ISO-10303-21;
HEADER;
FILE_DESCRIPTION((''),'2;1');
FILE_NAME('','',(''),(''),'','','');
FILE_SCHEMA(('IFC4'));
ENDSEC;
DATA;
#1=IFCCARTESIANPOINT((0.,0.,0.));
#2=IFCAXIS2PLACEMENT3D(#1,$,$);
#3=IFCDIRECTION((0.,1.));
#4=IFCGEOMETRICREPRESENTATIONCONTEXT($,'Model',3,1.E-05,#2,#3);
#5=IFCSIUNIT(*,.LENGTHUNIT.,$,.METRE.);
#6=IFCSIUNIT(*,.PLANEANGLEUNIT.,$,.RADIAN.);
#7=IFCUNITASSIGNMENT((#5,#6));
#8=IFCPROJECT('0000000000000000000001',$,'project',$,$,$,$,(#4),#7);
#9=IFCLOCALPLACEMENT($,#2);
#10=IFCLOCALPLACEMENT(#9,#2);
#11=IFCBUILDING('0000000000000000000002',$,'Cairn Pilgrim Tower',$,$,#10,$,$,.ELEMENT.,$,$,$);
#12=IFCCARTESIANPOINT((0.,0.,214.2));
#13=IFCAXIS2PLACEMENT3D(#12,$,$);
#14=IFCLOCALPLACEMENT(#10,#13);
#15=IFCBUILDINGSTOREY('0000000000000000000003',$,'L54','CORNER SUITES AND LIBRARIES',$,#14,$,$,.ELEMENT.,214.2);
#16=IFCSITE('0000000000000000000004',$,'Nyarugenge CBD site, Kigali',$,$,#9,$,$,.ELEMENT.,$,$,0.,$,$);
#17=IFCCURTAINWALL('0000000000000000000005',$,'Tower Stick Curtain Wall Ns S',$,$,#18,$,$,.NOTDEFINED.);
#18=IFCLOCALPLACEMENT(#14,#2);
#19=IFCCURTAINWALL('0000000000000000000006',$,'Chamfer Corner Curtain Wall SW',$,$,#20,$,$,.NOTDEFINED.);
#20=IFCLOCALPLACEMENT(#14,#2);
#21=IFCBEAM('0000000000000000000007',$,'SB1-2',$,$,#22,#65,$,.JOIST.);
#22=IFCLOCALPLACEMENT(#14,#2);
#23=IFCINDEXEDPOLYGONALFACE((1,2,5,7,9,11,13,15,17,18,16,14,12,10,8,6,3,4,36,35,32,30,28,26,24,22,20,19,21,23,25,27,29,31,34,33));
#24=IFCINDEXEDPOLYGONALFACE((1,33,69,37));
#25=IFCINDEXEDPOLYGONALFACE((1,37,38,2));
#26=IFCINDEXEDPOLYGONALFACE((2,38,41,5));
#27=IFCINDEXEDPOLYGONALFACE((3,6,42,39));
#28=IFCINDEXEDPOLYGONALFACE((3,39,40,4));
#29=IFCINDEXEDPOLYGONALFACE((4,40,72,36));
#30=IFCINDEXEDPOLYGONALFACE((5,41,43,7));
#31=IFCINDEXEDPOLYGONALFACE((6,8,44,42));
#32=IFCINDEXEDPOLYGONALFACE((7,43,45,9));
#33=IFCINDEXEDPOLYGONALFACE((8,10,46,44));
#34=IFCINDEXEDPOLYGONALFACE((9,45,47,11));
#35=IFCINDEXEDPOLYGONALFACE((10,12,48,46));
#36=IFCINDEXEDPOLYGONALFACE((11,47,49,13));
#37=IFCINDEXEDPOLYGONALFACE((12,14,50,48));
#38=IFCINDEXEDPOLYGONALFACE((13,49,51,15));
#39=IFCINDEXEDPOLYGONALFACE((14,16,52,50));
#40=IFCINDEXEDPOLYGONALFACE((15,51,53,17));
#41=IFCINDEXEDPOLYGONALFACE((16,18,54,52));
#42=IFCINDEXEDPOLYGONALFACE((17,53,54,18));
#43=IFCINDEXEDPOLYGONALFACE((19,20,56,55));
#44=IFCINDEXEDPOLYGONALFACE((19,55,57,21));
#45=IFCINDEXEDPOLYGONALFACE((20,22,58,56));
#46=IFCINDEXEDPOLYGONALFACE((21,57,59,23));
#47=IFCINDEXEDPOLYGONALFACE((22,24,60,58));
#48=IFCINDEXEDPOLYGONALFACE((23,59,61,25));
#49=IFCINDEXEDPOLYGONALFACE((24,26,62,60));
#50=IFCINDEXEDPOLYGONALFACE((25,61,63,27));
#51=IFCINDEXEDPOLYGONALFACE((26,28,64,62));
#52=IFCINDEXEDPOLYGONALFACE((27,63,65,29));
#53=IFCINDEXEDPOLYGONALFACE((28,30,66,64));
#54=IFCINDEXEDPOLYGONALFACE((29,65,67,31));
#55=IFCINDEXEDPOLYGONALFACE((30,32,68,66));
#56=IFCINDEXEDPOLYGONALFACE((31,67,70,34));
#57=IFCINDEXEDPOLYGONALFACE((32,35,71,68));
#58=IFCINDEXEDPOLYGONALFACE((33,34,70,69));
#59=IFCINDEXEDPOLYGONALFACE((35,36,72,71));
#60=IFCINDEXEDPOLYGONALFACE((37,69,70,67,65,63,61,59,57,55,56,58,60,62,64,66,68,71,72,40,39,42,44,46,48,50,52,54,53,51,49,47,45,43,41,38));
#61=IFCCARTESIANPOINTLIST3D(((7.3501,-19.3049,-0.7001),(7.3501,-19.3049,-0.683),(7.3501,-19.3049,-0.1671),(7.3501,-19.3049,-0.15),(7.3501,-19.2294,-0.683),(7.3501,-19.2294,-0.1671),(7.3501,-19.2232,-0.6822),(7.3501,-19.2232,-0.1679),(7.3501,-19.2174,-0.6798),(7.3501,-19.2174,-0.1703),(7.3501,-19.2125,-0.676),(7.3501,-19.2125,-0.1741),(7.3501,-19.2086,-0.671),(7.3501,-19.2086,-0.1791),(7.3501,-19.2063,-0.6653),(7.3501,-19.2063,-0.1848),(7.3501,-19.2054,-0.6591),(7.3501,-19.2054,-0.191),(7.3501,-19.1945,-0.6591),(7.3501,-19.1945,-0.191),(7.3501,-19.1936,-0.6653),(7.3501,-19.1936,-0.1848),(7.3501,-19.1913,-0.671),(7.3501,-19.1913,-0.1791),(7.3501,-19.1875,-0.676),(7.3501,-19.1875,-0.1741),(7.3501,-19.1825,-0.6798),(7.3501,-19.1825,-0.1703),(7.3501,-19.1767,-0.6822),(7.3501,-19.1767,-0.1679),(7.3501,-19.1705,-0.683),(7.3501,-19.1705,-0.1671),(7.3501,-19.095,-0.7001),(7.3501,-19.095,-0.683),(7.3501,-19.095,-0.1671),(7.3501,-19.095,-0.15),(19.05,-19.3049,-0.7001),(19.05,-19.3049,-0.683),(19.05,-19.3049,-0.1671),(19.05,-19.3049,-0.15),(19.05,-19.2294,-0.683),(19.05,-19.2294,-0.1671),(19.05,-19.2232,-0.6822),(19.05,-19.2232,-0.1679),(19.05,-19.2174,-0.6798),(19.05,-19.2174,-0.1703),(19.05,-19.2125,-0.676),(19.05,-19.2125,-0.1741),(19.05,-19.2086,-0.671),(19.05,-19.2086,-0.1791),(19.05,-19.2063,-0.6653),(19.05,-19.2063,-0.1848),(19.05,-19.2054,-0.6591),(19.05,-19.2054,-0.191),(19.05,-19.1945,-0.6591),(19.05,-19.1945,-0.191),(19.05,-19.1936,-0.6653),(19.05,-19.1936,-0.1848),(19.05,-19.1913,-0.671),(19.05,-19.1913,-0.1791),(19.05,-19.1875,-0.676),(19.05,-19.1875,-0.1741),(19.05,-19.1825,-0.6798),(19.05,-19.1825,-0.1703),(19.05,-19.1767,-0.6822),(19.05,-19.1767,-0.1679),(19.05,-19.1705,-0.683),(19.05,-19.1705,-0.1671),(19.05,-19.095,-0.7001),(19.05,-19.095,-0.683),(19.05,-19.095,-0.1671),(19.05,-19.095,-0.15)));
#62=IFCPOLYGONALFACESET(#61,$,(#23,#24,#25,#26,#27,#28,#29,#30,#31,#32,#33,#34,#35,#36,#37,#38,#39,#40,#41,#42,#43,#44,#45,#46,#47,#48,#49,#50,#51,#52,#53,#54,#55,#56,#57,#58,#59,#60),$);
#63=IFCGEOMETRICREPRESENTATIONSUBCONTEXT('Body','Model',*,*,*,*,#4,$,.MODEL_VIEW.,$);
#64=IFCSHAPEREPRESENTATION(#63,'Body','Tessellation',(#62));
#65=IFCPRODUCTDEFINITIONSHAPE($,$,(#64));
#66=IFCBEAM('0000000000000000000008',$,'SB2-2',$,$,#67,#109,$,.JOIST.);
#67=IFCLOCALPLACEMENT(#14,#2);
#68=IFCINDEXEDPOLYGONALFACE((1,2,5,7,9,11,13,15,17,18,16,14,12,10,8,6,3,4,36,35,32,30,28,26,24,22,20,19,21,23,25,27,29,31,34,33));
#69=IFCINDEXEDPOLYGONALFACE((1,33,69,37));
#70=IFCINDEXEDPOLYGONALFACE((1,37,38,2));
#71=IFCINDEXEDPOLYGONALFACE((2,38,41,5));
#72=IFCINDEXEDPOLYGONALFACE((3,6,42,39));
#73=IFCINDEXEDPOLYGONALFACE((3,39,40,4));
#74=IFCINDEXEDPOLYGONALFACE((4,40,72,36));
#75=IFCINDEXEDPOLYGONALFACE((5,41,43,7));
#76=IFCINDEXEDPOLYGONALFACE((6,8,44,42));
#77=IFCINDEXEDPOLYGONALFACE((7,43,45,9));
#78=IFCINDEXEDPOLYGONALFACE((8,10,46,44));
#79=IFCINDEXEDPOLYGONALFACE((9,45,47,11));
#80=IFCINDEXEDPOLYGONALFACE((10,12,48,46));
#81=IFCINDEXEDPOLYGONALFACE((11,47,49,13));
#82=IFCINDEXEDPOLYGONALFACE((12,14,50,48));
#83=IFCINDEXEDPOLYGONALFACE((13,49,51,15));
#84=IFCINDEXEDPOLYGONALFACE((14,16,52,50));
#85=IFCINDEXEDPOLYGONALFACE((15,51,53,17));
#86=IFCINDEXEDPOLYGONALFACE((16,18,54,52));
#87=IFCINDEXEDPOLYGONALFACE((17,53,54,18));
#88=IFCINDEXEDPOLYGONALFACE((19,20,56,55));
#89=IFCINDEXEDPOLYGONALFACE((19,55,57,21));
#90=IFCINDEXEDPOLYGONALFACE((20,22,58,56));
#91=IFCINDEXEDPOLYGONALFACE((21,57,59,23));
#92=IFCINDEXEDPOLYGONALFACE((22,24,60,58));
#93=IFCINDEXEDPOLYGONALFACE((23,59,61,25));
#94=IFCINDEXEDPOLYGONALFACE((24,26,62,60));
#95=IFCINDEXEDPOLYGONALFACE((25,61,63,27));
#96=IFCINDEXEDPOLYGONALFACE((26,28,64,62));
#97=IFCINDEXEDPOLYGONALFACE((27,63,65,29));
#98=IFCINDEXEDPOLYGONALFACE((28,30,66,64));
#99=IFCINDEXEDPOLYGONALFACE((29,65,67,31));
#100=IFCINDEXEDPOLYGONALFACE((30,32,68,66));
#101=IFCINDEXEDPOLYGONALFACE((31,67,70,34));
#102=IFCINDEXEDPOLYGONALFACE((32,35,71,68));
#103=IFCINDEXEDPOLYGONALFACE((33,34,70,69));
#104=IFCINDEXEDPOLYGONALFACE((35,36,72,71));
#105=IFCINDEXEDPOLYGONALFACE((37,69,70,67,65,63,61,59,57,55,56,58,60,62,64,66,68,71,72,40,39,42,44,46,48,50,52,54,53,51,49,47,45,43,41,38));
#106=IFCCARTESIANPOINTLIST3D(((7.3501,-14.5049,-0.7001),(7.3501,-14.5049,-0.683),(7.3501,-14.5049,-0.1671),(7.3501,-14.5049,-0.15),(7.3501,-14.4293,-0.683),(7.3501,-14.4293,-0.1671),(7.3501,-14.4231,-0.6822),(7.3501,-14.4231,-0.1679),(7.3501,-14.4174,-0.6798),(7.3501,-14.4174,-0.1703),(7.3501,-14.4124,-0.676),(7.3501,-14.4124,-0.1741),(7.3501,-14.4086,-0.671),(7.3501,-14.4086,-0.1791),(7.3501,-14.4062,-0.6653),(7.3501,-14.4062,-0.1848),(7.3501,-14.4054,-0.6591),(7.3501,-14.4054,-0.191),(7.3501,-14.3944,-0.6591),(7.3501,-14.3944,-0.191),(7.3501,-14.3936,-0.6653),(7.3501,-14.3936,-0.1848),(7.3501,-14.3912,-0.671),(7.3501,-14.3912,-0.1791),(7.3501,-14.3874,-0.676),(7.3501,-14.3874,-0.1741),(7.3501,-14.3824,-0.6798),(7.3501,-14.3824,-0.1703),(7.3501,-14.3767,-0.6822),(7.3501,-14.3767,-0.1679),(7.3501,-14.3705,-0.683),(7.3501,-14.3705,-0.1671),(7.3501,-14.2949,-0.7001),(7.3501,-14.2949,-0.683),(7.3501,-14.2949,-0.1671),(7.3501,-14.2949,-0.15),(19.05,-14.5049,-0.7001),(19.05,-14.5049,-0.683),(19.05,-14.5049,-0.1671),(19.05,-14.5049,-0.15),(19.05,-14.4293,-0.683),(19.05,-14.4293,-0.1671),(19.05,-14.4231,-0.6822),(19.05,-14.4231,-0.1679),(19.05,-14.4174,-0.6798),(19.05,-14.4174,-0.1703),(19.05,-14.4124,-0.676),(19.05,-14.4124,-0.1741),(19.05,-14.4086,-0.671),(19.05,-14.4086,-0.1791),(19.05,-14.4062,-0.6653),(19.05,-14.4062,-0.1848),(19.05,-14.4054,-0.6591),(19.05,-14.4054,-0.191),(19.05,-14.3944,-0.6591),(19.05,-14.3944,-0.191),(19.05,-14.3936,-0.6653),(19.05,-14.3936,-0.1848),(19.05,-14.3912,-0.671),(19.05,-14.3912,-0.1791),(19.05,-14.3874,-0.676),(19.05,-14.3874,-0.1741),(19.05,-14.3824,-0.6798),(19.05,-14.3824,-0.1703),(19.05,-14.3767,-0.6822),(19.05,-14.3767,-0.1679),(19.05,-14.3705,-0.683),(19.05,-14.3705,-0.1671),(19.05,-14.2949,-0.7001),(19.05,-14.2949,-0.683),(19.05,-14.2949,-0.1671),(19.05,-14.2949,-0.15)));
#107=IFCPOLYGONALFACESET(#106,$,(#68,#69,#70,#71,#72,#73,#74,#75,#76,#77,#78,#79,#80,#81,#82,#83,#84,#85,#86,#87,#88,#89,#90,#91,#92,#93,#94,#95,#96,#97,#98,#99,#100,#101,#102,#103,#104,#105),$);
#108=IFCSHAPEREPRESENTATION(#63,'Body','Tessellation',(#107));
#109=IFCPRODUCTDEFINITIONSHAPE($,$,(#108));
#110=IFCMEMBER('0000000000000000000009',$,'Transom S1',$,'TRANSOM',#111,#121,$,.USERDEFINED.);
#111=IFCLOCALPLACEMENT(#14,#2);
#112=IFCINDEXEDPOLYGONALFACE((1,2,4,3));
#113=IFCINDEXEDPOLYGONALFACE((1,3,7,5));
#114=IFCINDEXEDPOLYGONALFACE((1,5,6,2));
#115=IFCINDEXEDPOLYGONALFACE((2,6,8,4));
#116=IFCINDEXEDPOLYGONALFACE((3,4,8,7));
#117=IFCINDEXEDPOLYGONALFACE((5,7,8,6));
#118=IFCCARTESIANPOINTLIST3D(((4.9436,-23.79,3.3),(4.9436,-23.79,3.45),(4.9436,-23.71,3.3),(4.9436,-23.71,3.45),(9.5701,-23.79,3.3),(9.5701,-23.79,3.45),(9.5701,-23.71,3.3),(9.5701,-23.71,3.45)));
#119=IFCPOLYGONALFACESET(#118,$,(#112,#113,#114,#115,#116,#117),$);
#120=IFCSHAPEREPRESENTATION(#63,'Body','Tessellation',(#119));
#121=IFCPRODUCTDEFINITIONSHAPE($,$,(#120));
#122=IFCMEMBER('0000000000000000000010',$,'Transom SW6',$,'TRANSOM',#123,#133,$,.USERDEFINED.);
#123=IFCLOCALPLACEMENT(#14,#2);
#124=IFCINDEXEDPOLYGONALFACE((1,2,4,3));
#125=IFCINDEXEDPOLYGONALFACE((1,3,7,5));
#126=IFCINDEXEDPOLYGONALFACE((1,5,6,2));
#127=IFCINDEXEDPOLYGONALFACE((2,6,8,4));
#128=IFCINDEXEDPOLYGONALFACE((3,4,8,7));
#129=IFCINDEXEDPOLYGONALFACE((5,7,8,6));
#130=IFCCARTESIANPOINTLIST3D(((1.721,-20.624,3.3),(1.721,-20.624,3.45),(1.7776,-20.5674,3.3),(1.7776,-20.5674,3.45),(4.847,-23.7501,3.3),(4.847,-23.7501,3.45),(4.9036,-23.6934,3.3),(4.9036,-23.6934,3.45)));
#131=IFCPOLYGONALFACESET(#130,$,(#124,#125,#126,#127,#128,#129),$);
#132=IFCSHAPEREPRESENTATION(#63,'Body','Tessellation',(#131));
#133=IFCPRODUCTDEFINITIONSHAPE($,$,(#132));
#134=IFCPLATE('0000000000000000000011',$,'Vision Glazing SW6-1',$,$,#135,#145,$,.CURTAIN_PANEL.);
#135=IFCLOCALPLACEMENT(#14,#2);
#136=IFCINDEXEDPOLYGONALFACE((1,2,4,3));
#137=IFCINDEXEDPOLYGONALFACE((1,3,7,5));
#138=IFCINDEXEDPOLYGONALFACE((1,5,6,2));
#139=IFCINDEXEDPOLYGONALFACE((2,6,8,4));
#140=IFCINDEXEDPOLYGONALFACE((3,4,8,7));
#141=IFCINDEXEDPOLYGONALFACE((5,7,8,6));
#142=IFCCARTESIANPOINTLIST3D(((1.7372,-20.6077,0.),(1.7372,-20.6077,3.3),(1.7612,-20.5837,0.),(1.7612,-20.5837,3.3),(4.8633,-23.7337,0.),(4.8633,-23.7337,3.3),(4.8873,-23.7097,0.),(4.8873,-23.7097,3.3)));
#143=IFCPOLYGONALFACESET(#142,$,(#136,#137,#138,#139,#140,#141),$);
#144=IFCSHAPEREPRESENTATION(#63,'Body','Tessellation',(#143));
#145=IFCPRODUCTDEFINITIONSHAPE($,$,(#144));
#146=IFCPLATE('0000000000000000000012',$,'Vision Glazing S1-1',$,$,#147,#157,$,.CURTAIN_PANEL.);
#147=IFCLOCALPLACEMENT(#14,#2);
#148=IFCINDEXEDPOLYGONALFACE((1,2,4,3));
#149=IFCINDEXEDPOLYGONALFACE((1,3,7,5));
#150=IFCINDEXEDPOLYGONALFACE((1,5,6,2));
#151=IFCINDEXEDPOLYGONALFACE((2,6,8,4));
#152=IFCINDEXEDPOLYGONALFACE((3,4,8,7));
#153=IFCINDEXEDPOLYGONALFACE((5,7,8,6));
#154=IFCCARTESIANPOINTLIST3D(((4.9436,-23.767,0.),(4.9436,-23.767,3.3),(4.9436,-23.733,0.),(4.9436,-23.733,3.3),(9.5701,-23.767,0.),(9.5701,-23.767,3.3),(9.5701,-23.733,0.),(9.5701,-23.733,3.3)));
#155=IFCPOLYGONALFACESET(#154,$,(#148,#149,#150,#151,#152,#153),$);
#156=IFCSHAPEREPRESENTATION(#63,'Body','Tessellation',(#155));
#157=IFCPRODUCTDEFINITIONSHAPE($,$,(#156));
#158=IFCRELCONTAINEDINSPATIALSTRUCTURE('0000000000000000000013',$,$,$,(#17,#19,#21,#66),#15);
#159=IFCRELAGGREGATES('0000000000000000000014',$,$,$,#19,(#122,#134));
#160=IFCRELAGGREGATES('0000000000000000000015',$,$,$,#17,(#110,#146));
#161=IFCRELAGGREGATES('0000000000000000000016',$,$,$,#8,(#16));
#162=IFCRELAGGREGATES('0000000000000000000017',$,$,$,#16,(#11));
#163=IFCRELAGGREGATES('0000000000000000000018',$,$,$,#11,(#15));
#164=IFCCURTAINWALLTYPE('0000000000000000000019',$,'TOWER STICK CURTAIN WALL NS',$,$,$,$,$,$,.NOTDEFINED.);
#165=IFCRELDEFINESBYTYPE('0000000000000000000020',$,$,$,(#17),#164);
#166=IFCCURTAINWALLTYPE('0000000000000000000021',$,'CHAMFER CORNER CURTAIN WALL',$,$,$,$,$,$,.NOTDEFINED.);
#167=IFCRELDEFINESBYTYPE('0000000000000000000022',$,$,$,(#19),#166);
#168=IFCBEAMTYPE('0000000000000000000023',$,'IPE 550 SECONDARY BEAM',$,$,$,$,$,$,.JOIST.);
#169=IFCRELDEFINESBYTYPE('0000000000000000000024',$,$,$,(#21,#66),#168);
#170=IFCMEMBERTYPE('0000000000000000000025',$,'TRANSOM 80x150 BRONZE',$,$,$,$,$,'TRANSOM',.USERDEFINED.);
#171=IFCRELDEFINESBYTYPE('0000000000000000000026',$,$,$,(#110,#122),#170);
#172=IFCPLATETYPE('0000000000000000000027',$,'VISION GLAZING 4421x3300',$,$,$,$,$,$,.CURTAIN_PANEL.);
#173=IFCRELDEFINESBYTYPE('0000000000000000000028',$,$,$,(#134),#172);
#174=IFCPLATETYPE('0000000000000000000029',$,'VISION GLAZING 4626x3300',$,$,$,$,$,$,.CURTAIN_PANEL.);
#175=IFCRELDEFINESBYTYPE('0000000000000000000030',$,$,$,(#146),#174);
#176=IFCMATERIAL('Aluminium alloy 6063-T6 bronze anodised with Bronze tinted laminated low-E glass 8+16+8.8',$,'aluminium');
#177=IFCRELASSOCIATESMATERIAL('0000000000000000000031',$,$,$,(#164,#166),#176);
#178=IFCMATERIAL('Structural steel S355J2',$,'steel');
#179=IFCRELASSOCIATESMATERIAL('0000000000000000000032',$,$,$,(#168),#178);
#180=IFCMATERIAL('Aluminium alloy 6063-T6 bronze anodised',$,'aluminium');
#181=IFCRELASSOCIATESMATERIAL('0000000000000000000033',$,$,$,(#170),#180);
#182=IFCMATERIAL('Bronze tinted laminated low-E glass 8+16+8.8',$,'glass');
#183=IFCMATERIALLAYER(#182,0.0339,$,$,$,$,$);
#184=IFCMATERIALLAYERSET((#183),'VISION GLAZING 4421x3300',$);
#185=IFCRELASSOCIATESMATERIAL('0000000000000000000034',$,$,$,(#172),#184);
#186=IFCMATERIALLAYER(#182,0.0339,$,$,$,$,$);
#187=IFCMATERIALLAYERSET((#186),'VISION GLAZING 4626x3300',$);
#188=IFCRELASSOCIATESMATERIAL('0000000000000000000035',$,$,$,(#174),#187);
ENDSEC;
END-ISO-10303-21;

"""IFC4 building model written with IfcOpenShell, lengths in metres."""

from ifc_helpers import new_model, si_unit, direction, frame, origin, origin_2d, place, context, subcontext, project, spatial, rectangle, i_section, extrude, material, layer, layer_set, material_profile, profile_set, type_object, element, aggregate, save


model = new_model("IFC4")

# Units and contexts
model_context = context("Model", 3, precision=1e-05, world=origin(), true_north=direction((0.0, 1.0)))
body_context = subcontext(model_context, "Body", "Model", "MODEL_VIEW")
ifc_project = project(units=[si_unit("LENGTHUNIT", "METRE"), si_unit("PLANEANGLEUNIT", "RADIAN")], contexts=[model_context])

# Site, building, storey
site_placement = place(None, origin())
site = spatial("IfcSite", under=ifc_project, at=site_placement, Name="Nyarugenge CBD site, Kigali", CompositionType="ELEMENT", RefElevation=0.0)
building_placement = place(site_placement, origin())
building = spatial("IfcBuilding", under=site, at=building_placement, Name="Cairn Pilgrim Tower", CompositionType="ELEMENT")
storey_placement = place(building_placement, frame((0.0, 0.0, 214.2)))
storey = spatial("IfcBuildingStorey", under=building, at=storey_placement, Name="L54", Description="CORNER SUITES AND LIBRARIES", CompositionType="ELEMENT", Elevation=214.2)

# Curtain wall
ifc_material_1 = material(Name="Aluminium alloy 6063-T6 bronze anodised with Bronze tinted laminated low-E glass 8+16+8.8", Category="aluminium")
curtain_wall_type_1 = type_object("IfcCurtainWallType", Name="TOWER STICK CURTAIN WALL NS", PredefinedType="NOTDEFINED", material=ifc_material_1)
curtain_wall_1_placement = place(storey_placement, origin())
curtain_wall_1 = element("IfcCurtainWall", 1, at=curtain_wall_1_placement, inside=storey, type_object=curtain_wall_type_1, Name="Tower Stick Curtain Wall Ns S", PredefinedType="NOTDEFINED")
ifc_material_2 = material(Name="Aluminium alloy 6063-T6 bronze anodised", Category="aluminium")

# Curtain wall
curtain_wall_type_2 = type_object("IfcCurtainWallType", Name="CHAMFER CORNER CURTAIN WALL", PredefinedType="NOTDEFINED", material=ifc_material_1)
curtain_wall_2_placement = place(storey_placement, origin())
curtain_wall_2 = element("IfcCurtainWall", 2, at=curtain_wall_2_placement, inside=storey, type_object=curtain_wall_type_2, Name="Chamfer Corner Curtain Wall SW", PredefinedType="NOTDEFINED")

# Beams
ifc_material_3 = material(Name="Structural steel S355J2", Category="steel")
ifc_material_profile_1 = material_profile(ifc_material_3, i_section(OverallWidth=0.21, OverallDepth=0.55, WebThickness=0.011, FlangeThickness=0.0171, FilletRadius=0.0239, at=origin_2d()), Name="IPE 550")
ifc_profile_set_1 = profile_set([ifc_material_profile_1], Name="Structural steel S355J2")
beam_type_1 = type_object("IfcBeamType", Name="IPE 550 SECONDARY BEAM", PredefinedType="JOIST", material=ifc_profile_set_1)
for number, where, z_axis, x_axis, name in (
    (3, (7.3501, -19.2, -0.425), (1.0, 0.0, 0.0), (0.0, 1.0, 0.0), "SB1-2"),
    (4, (7.3501, -14.3999, -0.425), (1.0, 0.0, 0.0), (0.0, 1.0, 0.0), "SB2-2"),
):
    element("IfcBeam", number, at=place(storey_placement, frame(where, z_axis=z_axis, x_axis=x_axis)), inside=storey, type_object=beam_type_1, Name=name, PredefinedType="JOIST", context=body_context, shape_type="SweptSolid", body=[
        extrude(i_section(OverallWidth=0.21, OverallDepth=0.55, WebThickness=0.011, FlangeThickness=0.0171, FilletRadius=0.0239, at=origin_2d()), origin(), (0.0, 0.0, 1.0), 11.7),
    ])

# Members
ifc_material_profile_2 = material_profile(ifc_material_2, rectangle(XDim=0.0801, YDim=0.1499, at=origin_2d()), Name="TRANSOM 80x150 BRONZE")
ifc_profile_set_2 = profile_set([ifc_material_profile_2], Name="Aluminium alloy 6063-T6 bronze anodised")
member_type_1 = type_object("IfcMemberType", Name="TRANSOM 80x150 BRONZE", ElementType="TRANSOM", PredefinedType="USERDEFINED", material=ifc_profile_set_2)
member_1_placement = place(storey_placement, frame((4.9436, -23.75, 3.375), z_axis=(1.0, 0.0, 0.0), x_axis=(0.0, 1.0, 0.0)))
member_1 = element("IfcMember", 5, at=member_1_placement, type_object=member_type_1, Name="Transom S1", ObjectType="TRANSOM", PredefinedType="USERDEFINED", context=body_context, shape_type="SweptSolid", body=[
    extrude(rectangle(XDim=0.0801, YDim=0.1499, at=origin_2d()), origin(), (0.0, 0.0, 1.0), 4.6265),
])
member_2_placement = place(storey_placement, frame((1.7493, -20.5957, 3.375), z_axis=(0.707107, -0.707107, 0.0), x_axis=(0.707107, 0.707107, 0.0)))
member_2 = element("IfcMember", 6, at=member_2_placement, type_object=member_type_1, Name="Transom SW6", ObjectType="TRANSOM", PredefinedType="USERDEFINED", context=body_context, shape_type="SweptSolid", body=[
    extrude(rectangle(XDim=0.0801, YDim=0.1499, at=origin_2d()), origin(), (0.0, 0.0, 1.0), 4.4209),
])

# Plates
ifc_material_4 = material(Name="Bronze tinted laminated low-E glass 8+16+8.8", Category="glass")
ifc_layer_1 = layer(ifc_material_4, 0.0339)
ifc_layer_set_1 = layer_set([ifc_layer_1], Name="VISION GLAZING 4421x3300")
plate_type_1 = type_object("IfcPlateType", Name="VISION GLAZING 4421x3300", PredefinedType="CURTAIN_PANEL", material=ifc_layer_set_1)
plate_1_placement = place(storey_placement, frame((3.3123, -22.1587, 0.0), z_axis=(0.0, 0.0, 1.0), x_axis=(0.707107, -0.707107, 0.0)))
plate_1 = element("IfcPlate", 7, at=plate_1_placement, type_object=plate_type_1, Name="Vision Glazing SW6-1", PredefinedType="CURTAIN_PANEL", context=body_context, shape_type="SweptSolid", body=[
    extrude(rectangle(XDim=4.4209, YDim=0.0339, at=origin_2d()), origin(), (0.0, 0.0, 1.0), 3.3),
])
aggregate(curtain_wall_2, [member_2, plate_1])
ifc_layer_2 = layer(ifc_material_4, 0.0339)
ifc_layer_set_2 = layer_set([ifc_layer_2], Name="VISION GLAZING 4626x3300")
plate_type_2 = type_object("IfcPlateType", Name="VISION GLAZING 4626x3300", PredefinedType="CURTAIN_PANEL", material=ifc_layer_set_2)
plate_2_placement = place(storey_placement, frame((7.2568, -23.75, 0.0), z_axis=(0.0, 0.0, 1.0), x_axis=(1.0, 0.0, 0.0)))
plate_2 = element("IfcPlate", 8, at=plate_2_placement, type_object=plate_type_2, Name="Vision Glazing S1-1", PredefinedType="CURTAIN_PANEL", context=body_context, shape_type="SweptSolid", body=[
    extrude(rectangle(XDim=4.6265, YDim=0.0339, at=origin_2d()), origin(), (0.0, 0.0, 1.0), 3.3),
])
aggregate(curtain_wall_1, [member_1, plate_2])

save(model, "model.ifc")
